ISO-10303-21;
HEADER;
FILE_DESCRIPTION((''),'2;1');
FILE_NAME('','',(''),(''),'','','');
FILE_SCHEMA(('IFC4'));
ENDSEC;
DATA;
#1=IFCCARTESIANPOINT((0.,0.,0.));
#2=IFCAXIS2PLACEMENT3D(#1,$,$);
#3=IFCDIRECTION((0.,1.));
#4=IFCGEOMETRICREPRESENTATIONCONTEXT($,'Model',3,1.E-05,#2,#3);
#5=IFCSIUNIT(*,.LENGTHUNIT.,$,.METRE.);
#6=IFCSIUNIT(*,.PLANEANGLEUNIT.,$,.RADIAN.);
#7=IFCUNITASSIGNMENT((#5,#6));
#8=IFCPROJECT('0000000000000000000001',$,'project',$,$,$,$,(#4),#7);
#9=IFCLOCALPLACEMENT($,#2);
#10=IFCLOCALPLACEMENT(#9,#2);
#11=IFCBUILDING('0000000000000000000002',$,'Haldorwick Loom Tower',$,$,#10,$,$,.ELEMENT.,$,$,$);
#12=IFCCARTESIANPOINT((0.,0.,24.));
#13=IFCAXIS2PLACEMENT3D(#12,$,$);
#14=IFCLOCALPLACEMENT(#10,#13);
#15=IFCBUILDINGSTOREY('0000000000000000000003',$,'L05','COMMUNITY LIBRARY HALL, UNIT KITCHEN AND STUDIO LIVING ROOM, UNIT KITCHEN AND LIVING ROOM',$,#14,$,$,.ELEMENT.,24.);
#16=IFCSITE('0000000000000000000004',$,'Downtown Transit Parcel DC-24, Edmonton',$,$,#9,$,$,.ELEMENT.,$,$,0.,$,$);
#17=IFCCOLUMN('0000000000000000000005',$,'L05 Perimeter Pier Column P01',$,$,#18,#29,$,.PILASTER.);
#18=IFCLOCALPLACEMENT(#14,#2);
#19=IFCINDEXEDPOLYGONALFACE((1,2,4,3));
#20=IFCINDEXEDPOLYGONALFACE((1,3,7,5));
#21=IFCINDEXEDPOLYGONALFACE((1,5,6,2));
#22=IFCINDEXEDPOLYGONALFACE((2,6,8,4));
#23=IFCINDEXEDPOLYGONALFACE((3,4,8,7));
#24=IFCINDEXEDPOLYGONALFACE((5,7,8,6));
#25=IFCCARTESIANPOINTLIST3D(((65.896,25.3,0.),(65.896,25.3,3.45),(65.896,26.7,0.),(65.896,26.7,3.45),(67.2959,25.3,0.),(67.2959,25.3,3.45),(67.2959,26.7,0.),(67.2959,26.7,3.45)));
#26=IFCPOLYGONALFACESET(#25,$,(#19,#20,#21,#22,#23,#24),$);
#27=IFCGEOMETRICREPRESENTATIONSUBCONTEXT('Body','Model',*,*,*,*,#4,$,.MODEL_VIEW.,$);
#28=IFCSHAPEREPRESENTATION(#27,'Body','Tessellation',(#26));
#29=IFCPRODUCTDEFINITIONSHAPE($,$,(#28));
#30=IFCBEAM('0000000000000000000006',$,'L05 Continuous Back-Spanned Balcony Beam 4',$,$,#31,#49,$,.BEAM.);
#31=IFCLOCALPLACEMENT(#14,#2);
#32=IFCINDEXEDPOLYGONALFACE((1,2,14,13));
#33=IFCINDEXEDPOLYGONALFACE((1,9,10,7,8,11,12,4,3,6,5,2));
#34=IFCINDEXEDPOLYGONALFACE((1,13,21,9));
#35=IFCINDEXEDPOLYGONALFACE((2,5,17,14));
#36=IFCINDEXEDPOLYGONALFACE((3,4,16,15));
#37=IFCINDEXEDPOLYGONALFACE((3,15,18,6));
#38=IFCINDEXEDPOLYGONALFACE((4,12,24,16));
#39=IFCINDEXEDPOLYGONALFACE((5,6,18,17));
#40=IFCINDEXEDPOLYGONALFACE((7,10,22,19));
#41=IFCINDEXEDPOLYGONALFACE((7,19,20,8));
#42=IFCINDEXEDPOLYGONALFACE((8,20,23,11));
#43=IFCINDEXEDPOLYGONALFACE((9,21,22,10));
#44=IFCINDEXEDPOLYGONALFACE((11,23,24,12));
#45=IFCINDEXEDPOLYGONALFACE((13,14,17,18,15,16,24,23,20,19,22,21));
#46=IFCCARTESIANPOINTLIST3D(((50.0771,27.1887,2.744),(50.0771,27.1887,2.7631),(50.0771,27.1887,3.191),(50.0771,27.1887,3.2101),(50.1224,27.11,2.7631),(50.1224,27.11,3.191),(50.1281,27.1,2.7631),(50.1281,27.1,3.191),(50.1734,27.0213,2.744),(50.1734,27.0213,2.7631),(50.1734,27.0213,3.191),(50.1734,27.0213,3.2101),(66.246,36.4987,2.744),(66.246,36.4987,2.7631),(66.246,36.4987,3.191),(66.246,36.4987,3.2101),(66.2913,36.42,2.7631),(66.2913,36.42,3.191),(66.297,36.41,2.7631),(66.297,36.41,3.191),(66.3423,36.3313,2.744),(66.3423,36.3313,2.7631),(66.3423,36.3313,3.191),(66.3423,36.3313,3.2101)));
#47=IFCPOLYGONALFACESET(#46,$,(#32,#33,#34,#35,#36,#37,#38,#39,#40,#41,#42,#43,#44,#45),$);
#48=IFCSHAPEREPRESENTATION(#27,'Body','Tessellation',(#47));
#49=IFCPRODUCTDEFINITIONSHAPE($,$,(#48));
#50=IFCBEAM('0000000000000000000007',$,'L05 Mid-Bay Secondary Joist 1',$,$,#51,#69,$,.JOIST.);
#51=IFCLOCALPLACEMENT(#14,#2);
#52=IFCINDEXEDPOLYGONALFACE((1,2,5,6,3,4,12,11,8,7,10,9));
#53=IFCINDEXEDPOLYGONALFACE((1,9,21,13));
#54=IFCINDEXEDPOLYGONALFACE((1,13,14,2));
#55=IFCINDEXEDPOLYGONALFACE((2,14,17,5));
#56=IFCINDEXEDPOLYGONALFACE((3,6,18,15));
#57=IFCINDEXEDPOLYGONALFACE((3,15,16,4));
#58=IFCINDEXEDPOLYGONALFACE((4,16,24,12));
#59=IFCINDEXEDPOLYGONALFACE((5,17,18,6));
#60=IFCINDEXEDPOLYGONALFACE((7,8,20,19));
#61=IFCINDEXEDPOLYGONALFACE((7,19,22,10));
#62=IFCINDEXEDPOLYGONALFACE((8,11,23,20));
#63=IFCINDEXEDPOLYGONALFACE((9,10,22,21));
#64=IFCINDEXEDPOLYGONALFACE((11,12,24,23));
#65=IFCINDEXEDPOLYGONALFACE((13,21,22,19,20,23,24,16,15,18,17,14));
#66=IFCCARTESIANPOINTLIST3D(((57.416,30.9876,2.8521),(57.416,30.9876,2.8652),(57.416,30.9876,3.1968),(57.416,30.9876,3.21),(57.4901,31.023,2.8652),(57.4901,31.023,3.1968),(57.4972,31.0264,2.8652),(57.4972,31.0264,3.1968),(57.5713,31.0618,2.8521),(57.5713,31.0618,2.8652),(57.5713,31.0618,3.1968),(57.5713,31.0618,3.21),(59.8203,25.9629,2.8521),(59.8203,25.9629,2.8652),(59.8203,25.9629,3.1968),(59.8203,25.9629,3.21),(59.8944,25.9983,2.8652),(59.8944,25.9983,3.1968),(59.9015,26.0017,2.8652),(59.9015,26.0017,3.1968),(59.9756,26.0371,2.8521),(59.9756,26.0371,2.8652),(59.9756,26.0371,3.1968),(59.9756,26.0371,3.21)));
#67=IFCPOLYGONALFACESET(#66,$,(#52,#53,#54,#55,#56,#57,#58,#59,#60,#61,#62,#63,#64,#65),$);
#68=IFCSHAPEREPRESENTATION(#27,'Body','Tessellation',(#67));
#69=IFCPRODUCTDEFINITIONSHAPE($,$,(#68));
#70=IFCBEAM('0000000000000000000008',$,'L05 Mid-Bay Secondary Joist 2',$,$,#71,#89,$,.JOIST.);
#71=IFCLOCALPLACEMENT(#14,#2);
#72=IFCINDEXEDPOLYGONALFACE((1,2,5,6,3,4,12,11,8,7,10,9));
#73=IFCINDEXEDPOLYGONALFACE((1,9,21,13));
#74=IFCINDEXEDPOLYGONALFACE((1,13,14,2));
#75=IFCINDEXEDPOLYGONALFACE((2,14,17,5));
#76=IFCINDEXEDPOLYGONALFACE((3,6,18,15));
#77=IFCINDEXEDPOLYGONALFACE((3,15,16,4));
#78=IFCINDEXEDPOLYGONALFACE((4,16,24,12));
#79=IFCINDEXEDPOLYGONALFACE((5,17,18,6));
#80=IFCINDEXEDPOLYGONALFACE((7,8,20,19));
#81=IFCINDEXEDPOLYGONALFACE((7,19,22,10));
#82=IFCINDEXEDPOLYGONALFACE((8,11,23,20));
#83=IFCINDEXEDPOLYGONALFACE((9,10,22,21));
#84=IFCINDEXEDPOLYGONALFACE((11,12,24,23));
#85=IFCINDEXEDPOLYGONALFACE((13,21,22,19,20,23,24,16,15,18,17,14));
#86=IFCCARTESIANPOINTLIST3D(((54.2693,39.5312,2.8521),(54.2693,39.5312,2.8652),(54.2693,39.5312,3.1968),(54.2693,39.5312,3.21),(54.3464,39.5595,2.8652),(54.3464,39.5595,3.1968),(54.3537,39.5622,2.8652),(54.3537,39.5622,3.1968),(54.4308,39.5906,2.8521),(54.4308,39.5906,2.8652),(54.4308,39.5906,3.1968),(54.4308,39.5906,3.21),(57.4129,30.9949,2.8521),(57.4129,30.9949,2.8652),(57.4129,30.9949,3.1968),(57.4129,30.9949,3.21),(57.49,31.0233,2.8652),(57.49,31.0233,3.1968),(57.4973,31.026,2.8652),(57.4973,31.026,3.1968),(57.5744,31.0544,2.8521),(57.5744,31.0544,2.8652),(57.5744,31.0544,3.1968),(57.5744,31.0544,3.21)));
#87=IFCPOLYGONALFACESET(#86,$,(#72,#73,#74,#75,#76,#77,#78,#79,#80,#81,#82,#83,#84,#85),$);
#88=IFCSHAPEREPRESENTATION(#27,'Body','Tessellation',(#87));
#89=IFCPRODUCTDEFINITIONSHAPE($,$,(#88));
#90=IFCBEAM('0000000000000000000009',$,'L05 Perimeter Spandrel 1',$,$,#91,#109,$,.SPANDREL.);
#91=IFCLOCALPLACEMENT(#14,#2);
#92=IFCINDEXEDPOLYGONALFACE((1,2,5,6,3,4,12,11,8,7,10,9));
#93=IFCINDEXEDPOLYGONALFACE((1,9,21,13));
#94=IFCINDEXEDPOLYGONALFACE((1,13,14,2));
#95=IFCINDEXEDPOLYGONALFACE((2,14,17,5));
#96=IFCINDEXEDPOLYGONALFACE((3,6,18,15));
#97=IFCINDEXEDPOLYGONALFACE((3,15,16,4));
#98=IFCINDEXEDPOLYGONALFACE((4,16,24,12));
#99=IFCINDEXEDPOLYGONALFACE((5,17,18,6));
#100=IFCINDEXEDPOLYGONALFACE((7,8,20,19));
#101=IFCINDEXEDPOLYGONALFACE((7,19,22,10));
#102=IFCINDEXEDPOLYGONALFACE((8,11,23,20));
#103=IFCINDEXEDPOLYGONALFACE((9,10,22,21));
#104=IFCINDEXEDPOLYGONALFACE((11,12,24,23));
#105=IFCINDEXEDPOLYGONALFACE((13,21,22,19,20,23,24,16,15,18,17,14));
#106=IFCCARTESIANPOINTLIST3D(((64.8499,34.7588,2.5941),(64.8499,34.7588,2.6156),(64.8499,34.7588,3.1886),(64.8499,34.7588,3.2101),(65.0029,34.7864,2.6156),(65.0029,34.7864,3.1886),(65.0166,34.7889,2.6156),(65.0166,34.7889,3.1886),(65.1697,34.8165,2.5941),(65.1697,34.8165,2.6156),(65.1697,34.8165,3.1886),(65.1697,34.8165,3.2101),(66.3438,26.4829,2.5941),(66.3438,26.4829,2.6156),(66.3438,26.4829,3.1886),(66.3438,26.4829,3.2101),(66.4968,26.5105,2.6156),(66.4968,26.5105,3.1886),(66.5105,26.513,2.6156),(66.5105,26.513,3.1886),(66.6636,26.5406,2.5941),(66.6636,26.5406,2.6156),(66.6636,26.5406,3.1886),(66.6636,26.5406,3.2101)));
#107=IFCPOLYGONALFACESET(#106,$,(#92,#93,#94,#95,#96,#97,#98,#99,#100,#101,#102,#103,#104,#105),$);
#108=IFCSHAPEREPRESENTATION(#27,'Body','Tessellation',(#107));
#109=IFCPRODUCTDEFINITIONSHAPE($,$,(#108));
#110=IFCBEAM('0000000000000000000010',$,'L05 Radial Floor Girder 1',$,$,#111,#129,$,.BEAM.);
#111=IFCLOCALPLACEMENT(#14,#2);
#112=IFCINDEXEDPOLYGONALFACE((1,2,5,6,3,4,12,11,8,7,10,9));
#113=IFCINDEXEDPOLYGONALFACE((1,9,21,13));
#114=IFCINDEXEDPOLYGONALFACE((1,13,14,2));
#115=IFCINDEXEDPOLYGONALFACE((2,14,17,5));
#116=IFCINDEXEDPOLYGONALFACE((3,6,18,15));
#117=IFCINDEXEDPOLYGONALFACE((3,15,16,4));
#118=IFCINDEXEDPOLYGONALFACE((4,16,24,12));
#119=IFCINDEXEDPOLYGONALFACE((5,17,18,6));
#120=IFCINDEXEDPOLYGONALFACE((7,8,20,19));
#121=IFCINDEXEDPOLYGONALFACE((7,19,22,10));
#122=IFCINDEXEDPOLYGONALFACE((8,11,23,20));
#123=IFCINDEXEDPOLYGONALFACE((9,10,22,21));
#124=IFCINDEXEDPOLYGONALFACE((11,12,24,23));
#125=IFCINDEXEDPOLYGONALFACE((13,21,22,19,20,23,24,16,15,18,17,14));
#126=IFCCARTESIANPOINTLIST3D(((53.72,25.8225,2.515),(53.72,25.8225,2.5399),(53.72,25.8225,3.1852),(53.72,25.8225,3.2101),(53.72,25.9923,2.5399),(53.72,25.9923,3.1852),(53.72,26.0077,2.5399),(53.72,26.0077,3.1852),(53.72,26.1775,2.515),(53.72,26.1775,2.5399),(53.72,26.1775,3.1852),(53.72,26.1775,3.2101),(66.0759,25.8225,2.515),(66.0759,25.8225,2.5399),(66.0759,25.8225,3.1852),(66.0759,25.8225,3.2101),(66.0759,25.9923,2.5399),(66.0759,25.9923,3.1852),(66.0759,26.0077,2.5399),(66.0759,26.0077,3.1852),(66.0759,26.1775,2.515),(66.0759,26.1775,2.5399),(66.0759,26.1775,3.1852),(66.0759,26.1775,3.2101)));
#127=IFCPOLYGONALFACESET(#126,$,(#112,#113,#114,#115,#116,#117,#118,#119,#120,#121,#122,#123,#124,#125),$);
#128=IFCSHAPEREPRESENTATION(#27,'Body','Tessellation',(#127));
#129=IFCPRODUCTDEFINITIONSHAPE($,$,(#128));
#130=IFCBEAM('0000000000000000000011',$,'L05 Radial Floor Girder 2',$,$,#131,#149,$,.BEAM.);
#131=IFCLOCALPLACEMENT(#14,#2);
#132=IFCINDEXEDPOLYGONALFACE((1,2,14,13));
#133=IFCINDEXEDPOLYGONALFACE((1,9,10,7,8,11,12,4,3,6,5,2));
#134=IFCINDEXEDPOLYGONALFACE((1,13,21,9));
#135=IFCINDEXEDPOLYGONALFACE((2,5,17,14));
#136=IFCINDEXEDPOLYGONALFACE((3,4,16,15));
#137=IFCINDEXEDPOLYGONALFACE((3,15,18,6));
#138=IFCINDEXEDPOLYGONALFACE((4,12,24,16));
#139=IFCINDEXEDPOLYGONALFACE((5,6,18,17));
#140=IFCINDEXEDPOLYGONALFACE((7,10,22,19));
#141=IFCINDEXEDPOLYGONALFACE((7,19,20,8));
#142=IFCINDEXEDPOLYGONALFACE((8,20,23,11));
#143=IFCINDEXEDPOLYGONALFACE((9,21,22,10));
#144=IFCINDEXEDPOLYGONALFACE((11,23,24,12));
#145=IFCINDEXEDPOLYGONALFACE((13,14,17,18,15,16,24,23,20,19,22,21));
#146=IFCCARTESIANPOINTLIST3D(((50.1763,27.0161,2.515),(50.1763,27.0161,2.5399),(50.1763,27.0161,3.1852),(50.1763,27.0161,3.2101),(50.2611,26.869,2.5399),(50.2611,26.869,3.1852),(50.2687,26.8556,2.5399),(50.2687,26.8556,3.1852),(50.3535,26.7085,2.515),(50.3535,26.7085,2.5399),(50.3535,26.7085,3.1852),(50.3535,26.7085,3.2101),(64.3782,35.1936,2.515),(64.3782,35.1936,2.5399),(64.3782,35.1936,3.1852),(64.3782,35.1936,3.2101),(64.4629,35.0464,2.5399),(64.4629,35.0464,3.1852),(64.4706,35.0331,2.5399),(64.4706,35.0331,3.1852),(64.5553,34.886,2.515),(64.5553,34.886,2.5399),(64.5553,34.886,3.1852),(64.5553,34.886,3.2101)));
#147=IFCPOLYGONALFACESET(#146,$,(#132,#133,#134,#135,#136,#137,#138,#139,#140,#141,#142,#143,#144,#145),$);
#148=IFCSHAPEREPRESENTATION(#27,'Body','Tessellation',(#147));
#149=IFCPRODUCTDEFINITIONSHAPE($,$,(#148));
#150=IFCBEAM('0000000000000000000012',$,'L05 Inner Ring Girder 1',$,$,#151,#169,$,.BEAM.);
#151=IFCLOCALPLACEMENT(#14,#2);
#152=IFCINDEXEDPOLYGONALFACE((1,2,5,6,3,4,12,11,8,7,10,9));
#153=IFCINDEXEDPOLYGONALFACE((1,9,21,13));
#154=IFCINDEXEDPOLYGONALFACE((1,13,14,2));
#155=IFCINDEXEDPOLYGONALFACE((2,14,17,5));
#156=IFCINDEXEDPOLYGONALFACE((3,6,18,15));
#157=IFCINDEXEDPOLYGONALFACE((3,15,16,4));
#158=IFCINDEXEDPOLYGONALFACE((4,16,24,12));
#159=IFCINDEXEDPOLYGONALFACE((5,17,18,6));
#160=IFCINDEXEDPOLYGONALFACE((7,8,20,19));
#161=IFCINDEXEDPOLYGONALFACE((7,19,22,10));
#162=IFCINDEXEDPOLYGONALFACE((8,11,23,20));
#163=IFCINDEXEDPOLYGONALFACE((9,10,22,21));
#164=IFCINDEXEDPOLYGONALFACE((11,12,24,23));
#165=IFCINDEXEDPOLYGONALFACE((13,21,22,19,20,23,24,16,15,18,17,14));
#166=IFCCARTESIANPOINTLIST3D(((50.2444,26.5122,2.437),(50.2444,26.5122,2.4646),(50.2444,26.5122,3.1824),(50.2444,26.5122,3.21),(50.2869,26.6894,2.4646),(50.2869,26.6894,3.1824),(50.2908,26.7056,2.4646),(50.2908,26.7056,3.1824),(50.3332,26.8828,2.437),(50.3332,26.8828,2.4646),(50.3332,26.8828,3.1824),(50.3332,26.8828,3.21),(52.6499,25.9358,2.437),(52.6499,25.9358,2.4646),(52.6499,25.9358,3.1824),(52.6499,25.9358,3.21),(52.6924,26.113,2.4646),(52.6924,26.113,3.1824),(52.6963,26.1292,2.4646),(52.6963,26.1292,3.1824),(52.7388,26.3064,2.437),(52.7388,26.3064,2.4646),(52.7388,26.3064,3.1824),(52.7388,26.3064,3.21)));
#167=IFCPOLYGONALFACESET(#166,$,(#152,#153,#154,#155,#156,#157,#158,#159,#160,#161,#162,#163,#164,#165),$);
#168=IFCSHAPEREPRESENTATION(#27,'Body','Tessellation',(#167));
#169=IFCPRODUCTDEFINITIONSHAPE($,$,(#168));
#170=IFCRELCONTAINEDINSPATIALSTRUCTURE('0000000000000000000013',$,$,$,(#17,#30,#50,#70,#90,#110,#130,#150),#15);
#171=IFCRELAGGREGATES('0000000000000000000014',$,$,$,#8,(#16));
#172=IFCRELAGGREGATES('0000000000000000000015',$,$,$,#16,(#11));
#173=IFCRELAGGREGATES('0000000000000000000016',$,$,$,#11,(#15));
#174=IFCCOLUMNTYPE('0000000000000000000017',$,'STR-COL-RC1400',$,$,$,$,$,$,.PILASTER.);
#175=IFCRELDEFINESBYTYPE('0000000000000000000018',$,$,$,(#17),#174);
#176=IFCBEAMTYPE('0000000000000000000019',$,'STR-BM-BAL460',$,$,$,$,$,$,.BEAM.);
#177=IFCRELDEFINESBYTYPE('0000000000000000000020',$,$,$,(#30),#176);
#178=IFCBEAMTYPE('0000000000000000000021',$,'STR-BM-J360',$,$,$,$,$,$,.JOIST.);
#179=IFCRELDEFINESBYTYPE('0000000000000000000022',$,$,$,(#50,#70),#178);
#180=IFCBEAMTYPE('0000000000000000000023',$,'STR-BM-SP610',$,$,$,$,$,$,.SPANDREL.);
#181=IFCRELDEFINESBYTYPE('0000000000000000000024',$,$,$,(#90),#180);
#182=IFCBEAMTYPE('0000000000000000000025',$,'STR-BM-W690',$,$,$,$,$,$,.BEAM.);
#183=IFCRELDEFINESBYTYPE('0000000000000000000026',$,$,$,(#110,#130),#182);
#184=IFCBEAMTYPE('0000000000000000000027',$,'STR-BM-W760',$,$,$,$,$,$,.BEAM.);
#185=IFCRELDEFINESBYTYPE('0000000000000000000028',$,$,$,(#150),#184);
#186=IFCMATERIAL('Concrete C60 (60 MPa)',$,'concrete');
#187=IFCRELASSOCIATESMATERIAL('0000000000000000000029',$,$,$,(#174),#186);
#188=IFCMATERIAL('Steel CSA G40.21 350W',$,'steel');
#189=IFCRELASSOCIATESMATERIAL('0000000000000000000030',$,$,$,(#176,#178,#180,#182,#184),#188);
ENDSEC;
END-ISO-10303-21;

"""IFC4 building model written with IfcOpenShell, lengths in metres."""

from ifc_helpers import new_model, si_unit, direction, frame, origin, origin_2d, place, context, subcontext, project, spatial, rectangle, i_section, extrude, material, material_profile, profile_set, type_object, element, save


model = new_model("IFC4")

# Units and contexts
model_context = context("Model", 3, precision=1e-05, world=origin(), true_north=direction((0.0, 1.0)))
body_context = subcontext(model_context, "Body", "Model", "MODEL_VIEW")
ifc_project = project(units=[si_unit("LENGTHUNIT", "METRE"), si_unit("PLANEANGLEUNIT", "RADIAN")], contexts=[model_context])

# Site, building, storey
site_placement = place(None, origin())
site = spatial("IfcSite", under=ifc_project, at=site_placement, Name="Downtown Transit Parcel DC-24, Edmonton", CompositionType="ELEMENT", RefElevation=0.0)
building_placement = place(site_placement, origin())
building = spatial("IfcBuilding", under=site, at=building_placement, Name="Haldorwick Loom Tower", CompositionType="ELEMENT")
storey_placement = place(building_placement, frame((0.0, 0.0, 24.0)))
storey = spatial("IfcBuildingStorey", under=building, at=storey_placement, Name="L05", Description="COMMUNITY LIBRARY HALL, UNIT KITCHEN AND STUDIO LIVING ROOM, UNIT KITCHEN AND LIVING ROOM", CompositionType="ELEMENT", Elevation=24.0)

# Column
ifc_material_1 = material(Name="Concrete C60 (60 MPa)", Category="concrete")
ifc_material_profile_1 = material_profile(ifc_material_1, rectangle(XDim=1.3999, YDim=1.3999, at=origin_2d()), Name="RC1400X1400", Category="concrete")
ifc_profile_set_1 = profile_set([ifc_material_profile_1], Name="Concrete C60 (60 MPa)")
column_type = type_object("IfcColumnType", Name="STR-COL-RC1400", PredefinedType="PILASTER", material=ifc_profile_set_1)
column_placement = place(storey_placement, frame((66.5959, 26.0, 0.0), z_axis=(0.0, 0.0, 1.0), x_axis=(1.0, 0.0, 0.0)))
element("IfcColumn", 1, at=column_placement, inside=storey, type_object=column_type, Name="L05 Perimeter Pier Column P01", PredefinedType="PILASTER", context=body_context, shape_type="SweptSolid", body=[
    extrude(rectangle(XDim=1.3999, YDim=1.3999, at=origin_2d()), origin(), (0.0, 0.0, 1.0), 3.45),
])

# Beams
ifc_material_2 = material(Name="Steel CSA G40.21 350W", Category="steel")
ifc_material_profile_2 = material_profile(ifc_material_2, i_section(OverallWidth=0.1931, OverallDepth=0.4661, WebThickness=0.0115, FlangeThickness=0.019, at=origin_2d()), Name="W460X97", Category="steel")
ifc_profile_set_2 = profile_set([ifc_material_profile_2], Name="Steel CSA G40.21 350W")
beam_type_1 = type_object("IfcBeamType", Name="STR-BM-BAL460", PredefinedType="BEAM", material=ifc_profile_set_2)
beam_1_placement = place(storey_placement, frame((50.1252, 27.105, 2.9771), z_axis=(0.866607, 0.498991, 0.0), x_axis=(-0.498991, 0.866607, 0.0)))
element("IfcBeam", 2, at=beam_1_placement, inside=storey, type_object=beam_type_1, Name="L05 Continuous Back-Spanned Balcony Beam 4", PredefinedType="BEAM", context=body_context, shape_type="SweptSolid", body=[
    extrude(i_section(OverallWidth=0.1931, OverallDepth=0.4661, WebThickness=0.0115, FlangeThickness=0.019, at=origin_2d()), origin(), (0.0, 0.0, 1.0), 18.6577),
])
ifc_material_profile_3 = material_profile(ifc_material_2, i_section(OverallWidth=0.1721, OverallDepth=0.3579, WebThickness=0.0078, FlangeThickness=0.0132, at=origin_2d()), Name="W360X57", Category="steel")
ifc_profile_set_3 = profile_set([ifc_material_profile_3], Name="Steel CSA G40.21 350W")
beam_type_2 = type_object("IfcBeamType", Name="STR-BM-J360", PredefinedType="JOIST", material=ifc_profile_set_3)
beam_2_placement = place(storey_placement, frame((59.8979, 26.0, 3.031), z_axis=(-0.431631, 0.90205, 0.0), x_axis=(-0.90205, -0.431631, 0.0)))
element("IfcBeam", 3, at=beam_2_placement, inside=storey, type_object=beam_type_2, Name="L05 Mid-Bay Secondary Joist 1", PredefinedType="JOIST", context=body_context, shape_type="SweptSolid", body=[
    extrude(i_section(OverallWidth=0.1721, OverallDepth=0.3579, WebThickness=0.0078, FlangeThickness=0.0132, at=origin_2d()), origin(), (0.0, 0.0, 1.0), 5.5703),
])
beam_3_placement = place(storey_placement, frame((57.4937, 31.0247, 3.031), z_axis=(-0.345576, 0.938391, 0.0), x_axis=(-0.938391, -0.345576, 0.0)))
element("IfcBeam", 4, at=beam_3_placement, inside=storey, type_object=beam_type_2, Name="L05 Mid-Bay Secondary Joist 2", PredefinedType="JOIST", context=body_context, shape_type="SweptSolid", body=[
    extrude(i_section(OverallWidth=0.1721, OverallDepth=0.3579, WebThickness=0.0078, FlangeThickness=0.0132, at=origin_2d()), origin(), (0.0, 0.0, 1.0), 9.0967),
])
ifc_material_profile_4 = material_profile(ifc_material_2, i_section(OverallWidth=0.325, OverallDepth=0.616, WebThickness=0.0139, FlangeThickness=0.0215, at=origin_2d()), Name="W610X174", Category="steel")
ifc_profile_set_4 = profile_set([ifc_material_profile_4], Name="Steel CSA G40.21 350W")
beam_type_3 = type_object("IfcBeamType", Name="STR-BM-SP610", PredefinedType="SPANDREL", material=ifc_profile_set_4)
beam_4_placement = place(storey_placement, frame((66.5037, 26.5117, 2.9021), z_axis=(-0.177641, 0.984095, 0.0), x_axis=(-0.984095, -0.177641, 0.0)))
element("IfcBeam", 5, at=beam_4_placement, inside=storey, type_object=beam_type_3, Name="L05 Perimeter Spandrel 1", PredefinedType="SPANDREL", context=body_context, shape_type="SweptSolid", body=[
    extrude(i_section(OverallWidth=0.325, OverallDepth=0.616, WebThickness=0.0139, FlangeThickness=0.0215, at=origin_2d()), origin(), (0.0, 0.0, 1.0), 8.4097),
])
ifc_material_profile_5 = material_profile(ifc_material_2, i_section(OverallWidth=0.355, OverallDepth=0.6951, WebThickness=0.0154, FlangeThickness=0.0249, at=origin_2d()), Name="W690X217", Category="steel")
ifc_profile_set_5 = profile_set([ifc_material_profile_5], Name="Steel CSA G40.21 350W")
beam_type_4 = type_object("IfcBeamType", Name="STR-BM-W690", PredefinedType="BEAM", material=ifc_profile_set_5)
beam_5_placement = place(storey_placement, frame((53.72, 26.0, 2.8625), z_axis=(1.0, 0.0, 0.0), x_axis=(0.0, 1.0, 0.0)))
element("IfcBeam", 6, at=beam_5_placement, inside=storey, type_object=beam_type_4, Name="L05 Radial Floor Girder 1", PredefinedType="BEAM", context=body_context, shape_type="SweptSolid", body=[
    extrude(i_section(OverallWidth=0.355, OverallDepth=0.6951, WebThickness=0.0154, FlangeThickness=0.0249, at=origin_2d()), origin(), (0.0, 0.0, 1.0), 12.356),
])
beam_6_placement = place(storey_placement, frame((50.2649, 26.8623, 2.8625), z_axis=(0.866606, 0.498994, 0.0), x_axis=(-0.498994, 0.866606, 0.0)))
element("IfcBeam", 7, at=beam_6_placement, inside=storey, type_object=beam_type_4, Name="L05 Radial Floor Girder 2", PredefinedType="BEAM", context=body_context, shape_type="SweptSolid", body=[
    extrude(i_section(OverallWidth=0.355, OverallDepth=0.6951, WebThickness=0.0154, FlangeThickness=0.0249, at=origin_2d()), origin(), (0.0, 0.0, 1.0), 16.3879),
])
ifc_material_profile_6 = material_profile(ifc_material_2, i_section(OverallWidth=0.3811, OverallDepth=0.7729, WebThickness=0.0166, FlangeThickness=0.0276, at=origin_2d()), Name="W760X257", Category="steel")
ifc_profile_set_6 = profile_set([ifc_material_profile_6], Name="Steel CSA G40.21 350W")
beam_type_5 = type_object("IfcBeamType", Name="STR-BM-W760", PredefinedType="BEAM", material=ifc_profile_set_6)
beam_7_placement = place(storey_placement, frame((50.2888, 26.6975, 2.8235), z_axis=(0.972471, -0.233026, 0.0), x_axis=(0.233026, 0.972471, 0.0)))
element("IfcBeam", 8, at=beam_7_placement, inside=storey, type_object=beam_type_5, Name="L05 Inner Ring Girder 1", PredefinedType="BEAM", context=body_context, shape_type="SweptSolid", body=[
    extrude(i_section(OverallWidth=0.3811, OverallDepth=0.7729, WebThickness=0.0166, FlangeThickness=0.0276, at=origin_2d()), origin(), (0.0, 0.0, 1.0), 2.4736),
])

save(model, "model.ifc")
